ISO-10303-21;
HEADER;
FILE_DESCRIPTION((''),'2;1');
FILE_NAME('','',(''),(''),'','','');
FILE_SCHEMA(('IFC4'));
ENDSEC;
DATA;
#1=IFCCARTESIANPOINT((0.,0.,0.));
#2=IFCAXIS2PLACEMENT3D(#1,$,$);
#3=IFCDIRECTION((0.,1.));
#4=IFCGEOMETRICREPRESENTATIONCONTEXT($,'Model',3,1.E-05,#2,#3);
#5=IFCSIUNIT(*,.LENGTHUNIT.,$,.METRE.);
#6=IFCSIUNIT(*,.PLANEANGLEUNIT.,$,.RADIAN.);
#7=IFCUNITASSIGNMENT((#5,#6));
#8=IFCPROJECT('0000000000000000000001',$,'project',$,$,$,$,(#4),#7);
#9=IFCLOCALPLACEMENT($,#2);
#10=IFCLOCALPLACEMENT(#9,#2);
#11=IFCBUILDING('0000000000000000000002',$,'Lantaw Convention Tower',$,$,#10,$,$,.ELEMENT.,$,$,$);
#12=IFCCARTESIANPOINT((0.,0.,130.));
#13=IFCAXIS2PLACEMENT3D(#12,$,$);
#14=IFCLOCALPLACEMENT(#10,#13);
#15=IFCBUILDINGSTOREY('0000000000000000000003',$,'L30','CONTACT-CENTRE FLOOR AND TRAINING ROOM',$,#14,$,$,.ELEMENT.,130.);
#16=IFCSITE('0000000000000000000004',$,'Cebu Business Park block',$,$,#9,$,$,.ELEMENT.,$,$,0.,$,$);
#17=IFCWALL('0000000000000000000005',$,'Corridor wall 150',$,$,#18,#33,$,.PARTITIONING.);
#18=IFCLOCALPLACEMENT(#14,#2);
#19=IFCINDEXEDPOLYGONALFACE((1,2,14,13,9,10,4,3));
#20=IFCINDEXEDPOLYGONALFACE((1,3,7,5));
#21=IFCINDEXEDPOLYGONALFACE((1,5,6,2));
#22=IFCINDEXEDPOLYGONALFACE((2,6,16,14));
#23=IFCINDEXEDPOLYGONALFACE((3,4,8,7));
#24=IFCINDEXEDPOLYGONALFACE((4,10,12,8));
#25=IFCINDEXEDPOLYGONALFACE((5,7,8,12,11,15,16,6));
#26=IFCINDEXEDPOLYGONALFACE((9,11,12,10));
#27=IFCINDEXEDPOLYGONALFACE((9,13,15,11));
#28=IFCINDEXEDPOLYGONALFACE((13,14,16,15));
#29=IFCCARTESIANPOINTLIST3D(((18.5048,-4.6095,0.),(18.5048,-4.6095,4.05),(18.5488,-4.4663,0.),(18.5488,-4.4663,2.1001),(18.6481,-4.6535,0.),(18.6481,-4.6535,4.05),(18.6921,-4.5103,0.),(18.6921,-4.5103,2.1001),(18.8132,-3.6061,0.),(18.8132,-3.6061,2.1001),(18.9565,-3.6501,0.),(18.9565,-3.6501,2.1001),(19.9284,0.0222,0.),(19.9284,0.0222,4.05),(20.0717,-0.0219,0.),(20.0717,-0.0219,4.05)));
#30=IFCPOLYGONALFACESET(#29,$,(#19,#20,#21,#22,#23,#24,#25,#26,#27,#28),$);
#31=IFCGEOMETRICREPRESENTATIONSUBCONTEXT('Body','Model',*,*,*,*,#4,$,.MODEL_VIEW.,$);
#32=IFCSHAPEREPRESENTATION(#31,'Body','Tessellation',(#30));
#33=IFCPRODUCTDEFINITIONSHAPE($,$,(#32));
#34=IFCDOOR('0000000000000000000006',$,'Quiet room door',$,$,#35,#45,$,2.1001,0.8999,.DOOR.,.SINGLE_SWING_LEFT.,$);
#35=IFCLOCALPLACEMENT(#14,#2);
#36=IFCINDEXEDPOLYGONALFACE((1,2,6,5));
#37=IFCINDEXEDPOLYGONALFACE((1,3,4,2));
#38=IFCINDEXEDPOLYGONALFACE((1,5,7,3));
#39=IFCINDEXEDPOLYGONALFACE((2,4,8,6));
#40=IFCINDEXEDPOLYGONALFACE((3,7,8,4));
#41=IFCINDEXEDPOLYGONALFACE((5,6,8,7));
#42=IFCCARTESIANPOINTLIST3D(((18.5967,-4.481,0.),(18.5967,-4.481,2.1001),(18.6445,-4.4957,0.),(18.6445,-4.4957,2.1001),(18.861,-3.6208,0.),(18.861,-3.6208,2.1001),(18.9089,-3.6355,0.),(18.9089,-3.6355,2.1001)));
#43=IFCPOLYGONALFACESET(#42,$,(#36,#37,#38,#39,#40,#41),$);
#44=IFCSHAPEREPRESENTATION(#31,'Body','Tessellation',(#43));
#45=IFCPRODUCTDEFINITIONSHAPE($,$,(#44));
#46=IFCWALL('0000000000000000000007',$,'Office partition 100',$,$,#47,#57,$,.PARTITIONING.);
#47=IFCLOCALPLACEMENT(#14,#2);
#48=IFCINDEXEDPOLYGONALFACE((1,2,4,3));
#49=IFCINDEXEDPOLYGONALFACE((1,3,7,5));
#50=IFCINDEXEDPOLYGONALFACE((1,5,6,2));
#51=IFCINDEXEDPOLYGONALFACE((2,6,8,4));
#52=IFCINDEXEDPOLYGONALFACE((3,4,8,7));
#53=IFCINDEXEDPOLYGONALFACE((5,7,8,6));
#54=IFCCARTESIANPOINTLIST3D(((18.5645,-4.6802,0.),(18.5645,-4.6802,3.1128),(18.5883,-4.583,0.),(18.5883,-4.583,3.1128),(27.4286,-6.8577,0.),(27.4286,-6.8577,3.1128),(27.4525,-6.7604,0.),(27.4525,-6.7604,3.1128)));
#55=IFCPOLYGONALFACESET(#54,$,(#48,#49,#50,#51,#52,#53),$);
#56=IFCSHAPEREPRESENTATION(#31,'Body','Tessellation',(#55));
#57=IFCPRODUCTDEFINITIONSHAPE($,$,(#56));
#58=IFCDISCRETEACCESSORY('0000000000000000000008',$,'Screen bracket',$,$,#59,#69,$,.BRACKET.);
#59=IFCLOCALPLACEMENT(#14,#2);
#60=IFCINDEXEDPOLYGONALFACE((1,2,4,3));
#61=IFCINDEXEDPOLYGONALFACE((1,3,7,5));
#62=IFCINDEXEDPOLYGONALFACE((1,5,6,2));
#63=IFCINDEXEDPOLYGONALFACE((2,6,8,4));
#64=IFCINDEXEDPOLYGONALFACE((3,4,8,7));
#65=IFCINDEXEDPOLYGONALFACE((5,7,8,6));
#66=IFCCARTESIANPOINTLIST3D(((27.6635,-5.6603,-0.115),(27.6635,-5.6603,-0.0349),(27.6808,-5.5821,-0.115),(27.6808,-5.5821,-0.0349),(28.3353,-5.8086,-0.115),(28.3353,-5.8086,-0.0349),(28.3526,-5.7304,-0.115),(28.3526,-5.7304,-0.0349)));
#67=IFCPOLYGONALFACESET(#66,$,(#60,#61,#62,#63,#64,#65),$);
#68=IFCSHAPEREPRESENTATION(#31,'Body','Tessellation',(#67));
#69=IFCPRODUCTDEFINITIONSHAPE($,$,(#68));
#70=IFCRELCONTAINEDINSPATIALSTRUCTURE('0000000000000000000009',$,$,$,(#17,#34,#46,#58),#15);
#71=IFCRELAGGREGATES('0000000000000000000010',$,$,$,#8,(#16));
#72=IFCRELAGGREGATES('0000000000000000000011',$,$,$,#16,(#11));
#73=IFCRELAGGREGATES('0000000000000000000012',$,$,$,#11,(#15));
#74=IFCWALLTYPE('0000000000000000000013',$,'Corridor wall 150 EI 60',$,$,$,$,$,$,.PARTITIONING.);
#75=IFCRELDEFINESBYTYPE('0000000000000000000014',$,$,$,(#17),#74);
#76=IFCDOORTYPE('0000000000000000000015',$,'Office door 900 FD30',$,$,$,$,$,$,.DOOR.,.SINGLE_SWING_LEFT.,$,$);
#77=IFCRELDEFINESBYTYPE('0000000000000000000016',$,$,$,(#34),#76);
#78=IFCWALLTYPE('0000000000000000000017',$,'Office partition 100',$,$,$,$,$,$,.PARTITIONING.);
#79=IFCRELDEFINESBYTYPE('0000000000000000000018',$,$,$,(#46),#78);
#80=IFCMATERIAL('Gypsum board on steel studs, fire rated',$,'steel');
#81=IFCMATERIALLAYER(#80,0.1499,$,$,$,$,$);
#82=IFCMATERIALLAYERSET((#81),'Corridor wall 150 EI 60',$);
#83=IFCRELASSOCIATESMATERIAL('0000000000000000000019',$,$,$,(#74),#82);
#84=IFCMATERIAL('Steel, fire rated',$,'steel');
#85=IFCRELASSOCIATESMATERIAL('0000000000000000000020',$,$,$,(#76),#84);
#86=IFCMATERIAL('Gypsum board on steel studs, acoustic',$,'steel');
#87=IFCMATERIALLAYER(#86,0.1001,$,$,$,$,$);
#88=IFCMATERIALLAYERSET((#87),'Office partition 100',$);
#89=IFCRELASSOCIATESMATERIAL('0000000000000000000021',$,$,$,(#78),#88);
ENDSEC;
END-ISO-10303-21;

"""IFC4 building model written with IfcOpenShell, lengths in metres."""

from ifc_helpers import new_model, si_unit, direction, frame, frame_2d, origin, origin_2d, place, context, subcontext, project, spatial, rectangle, extrude, material, layer, layer_set, type_object, element, fill, save


model = new_model("IFC4")

# Units and contexts
model_context = context("Model", 3, precision=1e-05, world=origin(), true_north=direction((0.0, 1.0)))
body_context = subcontext(model_context, "Body", "Model", "MODEL_VIEW")
ifc_project = project(units=[si_unit("LENGTHUNIT", "METRE"), si_unit("PLANEANGLEUNIT", "RADIAN")], contexts=[model_context])

# Site, building, storey
site_placement = place(None, origin())
site = spatial("IfcSite", under=ifc_project, at=site_placement, Name="Cebu Business Park block", CompositionType="ELEMENT", RefElevation=0.0)
building_placement = place(site_placement, origin())
building = spatial("IfcBuilding", under=site, at=building_placement, Name="Lantaw Convention Tower", CompositionType="ELEMENT")
storey_placement = place(building_placement, frame((0.0, 0.0, 130.0)))
storey = spatial("IfcBuildingStorey", under=building, at=storey_placement, Name="L30", Description="CONTACT-CENTRE FLOOR AND TRAINING ROOM", CompositionType="ELEMENT", Elevation=130.0)

# Wall, opening, door
ifc_material_1 = material(Name="Gypsum board on steel studs, fire rated", Category="steel")
ifc_layer_1 = layer(ifc_material_1, 0.1499)
ifc_layer_set_1 = layer_set([ifc_layer_1], Name="Corridor wall 150 EI 60")
wall_type_1 = type_object("IfcWallType", Name="Corridor wall 150 EI 60", PredefinedType="PARTITIONING", material=ifc_layer_set_1)
ifc_material_2 = material(Name="Steel, fire rated", Category="steel")
door_type = type_object("IfcDoorType", Name="Office door 900 FD30", OperationType="SINGLE_SWING_LEFT", PredefinedType="DOOR", material=ifc_material_2)
wall_1_placement = place(storey_placement, frame((18.5764, -4.6316, 0.0), z_axis=(0.0, 0.0, 1.0), x_axis=(0.293799, 0.955867, 0.0)))
wall_1 = element("IfcWall", 1, at=wall_1_placement, inside=storey, type_object=wall_type_1, Name="Corridor wall 150", PredefinedType="PARTITIONING", context=body_context, shape_type="SweptSolid", body=[
    extrude(rectangle(XDim=4.8455, YDim=0.1499, at=frame_2d((2.4229, 0.0))), origin(), (0.0, 0.0, 1.0), 4.05),
])
opening_1_placement = place(wall_1_placement, frame((0.1499, 0.0, 0.0)))
opening_1 = element("IfcOpeningElement", 2, at=opening_1_placement, cuts=wall_1, PredefinedType="OPENING", context=body_context, shape_type="SweptSolid", body=[
    extrude(rectangle(XDim=0.8999, YDim=2.1001, at=frame_2d((0.45, 1.05))), frame((0.0, 0.085, 0.0), z_axis=(0.0, -1.0, 0.0), x_axis=(1.0, 0.0, 0.0)), (0.0, 0.0, 1.0), 0.1699),
])
door_1_placement = place(opening_1_placement, origin())
door_1 = element("IfcDoor", 3, at=door_1_placement, inside=storey, type_object=door_type, Name="Quiet room door", OperationType="SINGLE_SWING_LEFT", OverallHeight=2.1001, OverallWidth=0.8999, PredefinedType="DOOR", context=body_context, shape_type="SweptSolid", body=[
    extrude(rectangle(XDim=0.8999, YDim=2.1001, at=frame_2d((0.45, 1.05))), frame((0.0, 0.0249, 0.0), z_axis=(0.0, -1.0, 0.0), x_axis=(1.0, 0.0, 0.0)), (0.0, 0.0, 1.0), 0.05),
])
fill(opening_1, door_1)

# Wall
ifc_material_3 = material(Name="Gypsum board on steel studs, acoustic", Category="steel")
ifc_layer_2 = layer(ifc_material_3, 0.1001)
ifc_layer_set_2 = layer_set([ifc_layer_2], Name="Office partition 100")
wall_type_2 = type_object("IfcWallType", Name="Office partition 100", PredefinedType="PARTITIONING", material=ifc_layer_set_2)
wall_2_placement = place(storey_placement, frame((27.4407, -6.8091, 0.0), z_axis=(0.0, 0.0, 1.0), x_axis=(-0.971129, 0.238556, 0.0)))
element("IfcWall", 4, at=wall_2_placement, inside=storey, type_object=wall_type_2, Name="Office partition 100", PredefinedType="PARTITIONING", context=body_context, shape_type="SweptSolid", body=[
    extrude(rectangle(XDim=9.1277, YDim=0.1001, at=frame_2d((4.564, 0.0))), origin(), (0.0, 0.0, 1.0), 3.1128),
])

# Discrete accessory
discrete_accessory_placement = place(storey_placement, frame((28.0081, -5.6953, -0.115), z_axis=(0.0, 0.0, 1.0), x_axis=(0.215546, 0.976494, 0.0)))
element("IfcDiscreteAccessory", 5, at=discrete_accessory_placement, inside=storey, Name="Screen bracket", PredefinedType="BRACKET", context=body_context, shape_type="SweptSolid", body=[
    extrude(rectangle(XDim=0.0801, YDim=0.688, at=origin_2d()), origin(), (0.0, 0.0, 1.0), 0.0801),
])

save(model, "model.ifc")
